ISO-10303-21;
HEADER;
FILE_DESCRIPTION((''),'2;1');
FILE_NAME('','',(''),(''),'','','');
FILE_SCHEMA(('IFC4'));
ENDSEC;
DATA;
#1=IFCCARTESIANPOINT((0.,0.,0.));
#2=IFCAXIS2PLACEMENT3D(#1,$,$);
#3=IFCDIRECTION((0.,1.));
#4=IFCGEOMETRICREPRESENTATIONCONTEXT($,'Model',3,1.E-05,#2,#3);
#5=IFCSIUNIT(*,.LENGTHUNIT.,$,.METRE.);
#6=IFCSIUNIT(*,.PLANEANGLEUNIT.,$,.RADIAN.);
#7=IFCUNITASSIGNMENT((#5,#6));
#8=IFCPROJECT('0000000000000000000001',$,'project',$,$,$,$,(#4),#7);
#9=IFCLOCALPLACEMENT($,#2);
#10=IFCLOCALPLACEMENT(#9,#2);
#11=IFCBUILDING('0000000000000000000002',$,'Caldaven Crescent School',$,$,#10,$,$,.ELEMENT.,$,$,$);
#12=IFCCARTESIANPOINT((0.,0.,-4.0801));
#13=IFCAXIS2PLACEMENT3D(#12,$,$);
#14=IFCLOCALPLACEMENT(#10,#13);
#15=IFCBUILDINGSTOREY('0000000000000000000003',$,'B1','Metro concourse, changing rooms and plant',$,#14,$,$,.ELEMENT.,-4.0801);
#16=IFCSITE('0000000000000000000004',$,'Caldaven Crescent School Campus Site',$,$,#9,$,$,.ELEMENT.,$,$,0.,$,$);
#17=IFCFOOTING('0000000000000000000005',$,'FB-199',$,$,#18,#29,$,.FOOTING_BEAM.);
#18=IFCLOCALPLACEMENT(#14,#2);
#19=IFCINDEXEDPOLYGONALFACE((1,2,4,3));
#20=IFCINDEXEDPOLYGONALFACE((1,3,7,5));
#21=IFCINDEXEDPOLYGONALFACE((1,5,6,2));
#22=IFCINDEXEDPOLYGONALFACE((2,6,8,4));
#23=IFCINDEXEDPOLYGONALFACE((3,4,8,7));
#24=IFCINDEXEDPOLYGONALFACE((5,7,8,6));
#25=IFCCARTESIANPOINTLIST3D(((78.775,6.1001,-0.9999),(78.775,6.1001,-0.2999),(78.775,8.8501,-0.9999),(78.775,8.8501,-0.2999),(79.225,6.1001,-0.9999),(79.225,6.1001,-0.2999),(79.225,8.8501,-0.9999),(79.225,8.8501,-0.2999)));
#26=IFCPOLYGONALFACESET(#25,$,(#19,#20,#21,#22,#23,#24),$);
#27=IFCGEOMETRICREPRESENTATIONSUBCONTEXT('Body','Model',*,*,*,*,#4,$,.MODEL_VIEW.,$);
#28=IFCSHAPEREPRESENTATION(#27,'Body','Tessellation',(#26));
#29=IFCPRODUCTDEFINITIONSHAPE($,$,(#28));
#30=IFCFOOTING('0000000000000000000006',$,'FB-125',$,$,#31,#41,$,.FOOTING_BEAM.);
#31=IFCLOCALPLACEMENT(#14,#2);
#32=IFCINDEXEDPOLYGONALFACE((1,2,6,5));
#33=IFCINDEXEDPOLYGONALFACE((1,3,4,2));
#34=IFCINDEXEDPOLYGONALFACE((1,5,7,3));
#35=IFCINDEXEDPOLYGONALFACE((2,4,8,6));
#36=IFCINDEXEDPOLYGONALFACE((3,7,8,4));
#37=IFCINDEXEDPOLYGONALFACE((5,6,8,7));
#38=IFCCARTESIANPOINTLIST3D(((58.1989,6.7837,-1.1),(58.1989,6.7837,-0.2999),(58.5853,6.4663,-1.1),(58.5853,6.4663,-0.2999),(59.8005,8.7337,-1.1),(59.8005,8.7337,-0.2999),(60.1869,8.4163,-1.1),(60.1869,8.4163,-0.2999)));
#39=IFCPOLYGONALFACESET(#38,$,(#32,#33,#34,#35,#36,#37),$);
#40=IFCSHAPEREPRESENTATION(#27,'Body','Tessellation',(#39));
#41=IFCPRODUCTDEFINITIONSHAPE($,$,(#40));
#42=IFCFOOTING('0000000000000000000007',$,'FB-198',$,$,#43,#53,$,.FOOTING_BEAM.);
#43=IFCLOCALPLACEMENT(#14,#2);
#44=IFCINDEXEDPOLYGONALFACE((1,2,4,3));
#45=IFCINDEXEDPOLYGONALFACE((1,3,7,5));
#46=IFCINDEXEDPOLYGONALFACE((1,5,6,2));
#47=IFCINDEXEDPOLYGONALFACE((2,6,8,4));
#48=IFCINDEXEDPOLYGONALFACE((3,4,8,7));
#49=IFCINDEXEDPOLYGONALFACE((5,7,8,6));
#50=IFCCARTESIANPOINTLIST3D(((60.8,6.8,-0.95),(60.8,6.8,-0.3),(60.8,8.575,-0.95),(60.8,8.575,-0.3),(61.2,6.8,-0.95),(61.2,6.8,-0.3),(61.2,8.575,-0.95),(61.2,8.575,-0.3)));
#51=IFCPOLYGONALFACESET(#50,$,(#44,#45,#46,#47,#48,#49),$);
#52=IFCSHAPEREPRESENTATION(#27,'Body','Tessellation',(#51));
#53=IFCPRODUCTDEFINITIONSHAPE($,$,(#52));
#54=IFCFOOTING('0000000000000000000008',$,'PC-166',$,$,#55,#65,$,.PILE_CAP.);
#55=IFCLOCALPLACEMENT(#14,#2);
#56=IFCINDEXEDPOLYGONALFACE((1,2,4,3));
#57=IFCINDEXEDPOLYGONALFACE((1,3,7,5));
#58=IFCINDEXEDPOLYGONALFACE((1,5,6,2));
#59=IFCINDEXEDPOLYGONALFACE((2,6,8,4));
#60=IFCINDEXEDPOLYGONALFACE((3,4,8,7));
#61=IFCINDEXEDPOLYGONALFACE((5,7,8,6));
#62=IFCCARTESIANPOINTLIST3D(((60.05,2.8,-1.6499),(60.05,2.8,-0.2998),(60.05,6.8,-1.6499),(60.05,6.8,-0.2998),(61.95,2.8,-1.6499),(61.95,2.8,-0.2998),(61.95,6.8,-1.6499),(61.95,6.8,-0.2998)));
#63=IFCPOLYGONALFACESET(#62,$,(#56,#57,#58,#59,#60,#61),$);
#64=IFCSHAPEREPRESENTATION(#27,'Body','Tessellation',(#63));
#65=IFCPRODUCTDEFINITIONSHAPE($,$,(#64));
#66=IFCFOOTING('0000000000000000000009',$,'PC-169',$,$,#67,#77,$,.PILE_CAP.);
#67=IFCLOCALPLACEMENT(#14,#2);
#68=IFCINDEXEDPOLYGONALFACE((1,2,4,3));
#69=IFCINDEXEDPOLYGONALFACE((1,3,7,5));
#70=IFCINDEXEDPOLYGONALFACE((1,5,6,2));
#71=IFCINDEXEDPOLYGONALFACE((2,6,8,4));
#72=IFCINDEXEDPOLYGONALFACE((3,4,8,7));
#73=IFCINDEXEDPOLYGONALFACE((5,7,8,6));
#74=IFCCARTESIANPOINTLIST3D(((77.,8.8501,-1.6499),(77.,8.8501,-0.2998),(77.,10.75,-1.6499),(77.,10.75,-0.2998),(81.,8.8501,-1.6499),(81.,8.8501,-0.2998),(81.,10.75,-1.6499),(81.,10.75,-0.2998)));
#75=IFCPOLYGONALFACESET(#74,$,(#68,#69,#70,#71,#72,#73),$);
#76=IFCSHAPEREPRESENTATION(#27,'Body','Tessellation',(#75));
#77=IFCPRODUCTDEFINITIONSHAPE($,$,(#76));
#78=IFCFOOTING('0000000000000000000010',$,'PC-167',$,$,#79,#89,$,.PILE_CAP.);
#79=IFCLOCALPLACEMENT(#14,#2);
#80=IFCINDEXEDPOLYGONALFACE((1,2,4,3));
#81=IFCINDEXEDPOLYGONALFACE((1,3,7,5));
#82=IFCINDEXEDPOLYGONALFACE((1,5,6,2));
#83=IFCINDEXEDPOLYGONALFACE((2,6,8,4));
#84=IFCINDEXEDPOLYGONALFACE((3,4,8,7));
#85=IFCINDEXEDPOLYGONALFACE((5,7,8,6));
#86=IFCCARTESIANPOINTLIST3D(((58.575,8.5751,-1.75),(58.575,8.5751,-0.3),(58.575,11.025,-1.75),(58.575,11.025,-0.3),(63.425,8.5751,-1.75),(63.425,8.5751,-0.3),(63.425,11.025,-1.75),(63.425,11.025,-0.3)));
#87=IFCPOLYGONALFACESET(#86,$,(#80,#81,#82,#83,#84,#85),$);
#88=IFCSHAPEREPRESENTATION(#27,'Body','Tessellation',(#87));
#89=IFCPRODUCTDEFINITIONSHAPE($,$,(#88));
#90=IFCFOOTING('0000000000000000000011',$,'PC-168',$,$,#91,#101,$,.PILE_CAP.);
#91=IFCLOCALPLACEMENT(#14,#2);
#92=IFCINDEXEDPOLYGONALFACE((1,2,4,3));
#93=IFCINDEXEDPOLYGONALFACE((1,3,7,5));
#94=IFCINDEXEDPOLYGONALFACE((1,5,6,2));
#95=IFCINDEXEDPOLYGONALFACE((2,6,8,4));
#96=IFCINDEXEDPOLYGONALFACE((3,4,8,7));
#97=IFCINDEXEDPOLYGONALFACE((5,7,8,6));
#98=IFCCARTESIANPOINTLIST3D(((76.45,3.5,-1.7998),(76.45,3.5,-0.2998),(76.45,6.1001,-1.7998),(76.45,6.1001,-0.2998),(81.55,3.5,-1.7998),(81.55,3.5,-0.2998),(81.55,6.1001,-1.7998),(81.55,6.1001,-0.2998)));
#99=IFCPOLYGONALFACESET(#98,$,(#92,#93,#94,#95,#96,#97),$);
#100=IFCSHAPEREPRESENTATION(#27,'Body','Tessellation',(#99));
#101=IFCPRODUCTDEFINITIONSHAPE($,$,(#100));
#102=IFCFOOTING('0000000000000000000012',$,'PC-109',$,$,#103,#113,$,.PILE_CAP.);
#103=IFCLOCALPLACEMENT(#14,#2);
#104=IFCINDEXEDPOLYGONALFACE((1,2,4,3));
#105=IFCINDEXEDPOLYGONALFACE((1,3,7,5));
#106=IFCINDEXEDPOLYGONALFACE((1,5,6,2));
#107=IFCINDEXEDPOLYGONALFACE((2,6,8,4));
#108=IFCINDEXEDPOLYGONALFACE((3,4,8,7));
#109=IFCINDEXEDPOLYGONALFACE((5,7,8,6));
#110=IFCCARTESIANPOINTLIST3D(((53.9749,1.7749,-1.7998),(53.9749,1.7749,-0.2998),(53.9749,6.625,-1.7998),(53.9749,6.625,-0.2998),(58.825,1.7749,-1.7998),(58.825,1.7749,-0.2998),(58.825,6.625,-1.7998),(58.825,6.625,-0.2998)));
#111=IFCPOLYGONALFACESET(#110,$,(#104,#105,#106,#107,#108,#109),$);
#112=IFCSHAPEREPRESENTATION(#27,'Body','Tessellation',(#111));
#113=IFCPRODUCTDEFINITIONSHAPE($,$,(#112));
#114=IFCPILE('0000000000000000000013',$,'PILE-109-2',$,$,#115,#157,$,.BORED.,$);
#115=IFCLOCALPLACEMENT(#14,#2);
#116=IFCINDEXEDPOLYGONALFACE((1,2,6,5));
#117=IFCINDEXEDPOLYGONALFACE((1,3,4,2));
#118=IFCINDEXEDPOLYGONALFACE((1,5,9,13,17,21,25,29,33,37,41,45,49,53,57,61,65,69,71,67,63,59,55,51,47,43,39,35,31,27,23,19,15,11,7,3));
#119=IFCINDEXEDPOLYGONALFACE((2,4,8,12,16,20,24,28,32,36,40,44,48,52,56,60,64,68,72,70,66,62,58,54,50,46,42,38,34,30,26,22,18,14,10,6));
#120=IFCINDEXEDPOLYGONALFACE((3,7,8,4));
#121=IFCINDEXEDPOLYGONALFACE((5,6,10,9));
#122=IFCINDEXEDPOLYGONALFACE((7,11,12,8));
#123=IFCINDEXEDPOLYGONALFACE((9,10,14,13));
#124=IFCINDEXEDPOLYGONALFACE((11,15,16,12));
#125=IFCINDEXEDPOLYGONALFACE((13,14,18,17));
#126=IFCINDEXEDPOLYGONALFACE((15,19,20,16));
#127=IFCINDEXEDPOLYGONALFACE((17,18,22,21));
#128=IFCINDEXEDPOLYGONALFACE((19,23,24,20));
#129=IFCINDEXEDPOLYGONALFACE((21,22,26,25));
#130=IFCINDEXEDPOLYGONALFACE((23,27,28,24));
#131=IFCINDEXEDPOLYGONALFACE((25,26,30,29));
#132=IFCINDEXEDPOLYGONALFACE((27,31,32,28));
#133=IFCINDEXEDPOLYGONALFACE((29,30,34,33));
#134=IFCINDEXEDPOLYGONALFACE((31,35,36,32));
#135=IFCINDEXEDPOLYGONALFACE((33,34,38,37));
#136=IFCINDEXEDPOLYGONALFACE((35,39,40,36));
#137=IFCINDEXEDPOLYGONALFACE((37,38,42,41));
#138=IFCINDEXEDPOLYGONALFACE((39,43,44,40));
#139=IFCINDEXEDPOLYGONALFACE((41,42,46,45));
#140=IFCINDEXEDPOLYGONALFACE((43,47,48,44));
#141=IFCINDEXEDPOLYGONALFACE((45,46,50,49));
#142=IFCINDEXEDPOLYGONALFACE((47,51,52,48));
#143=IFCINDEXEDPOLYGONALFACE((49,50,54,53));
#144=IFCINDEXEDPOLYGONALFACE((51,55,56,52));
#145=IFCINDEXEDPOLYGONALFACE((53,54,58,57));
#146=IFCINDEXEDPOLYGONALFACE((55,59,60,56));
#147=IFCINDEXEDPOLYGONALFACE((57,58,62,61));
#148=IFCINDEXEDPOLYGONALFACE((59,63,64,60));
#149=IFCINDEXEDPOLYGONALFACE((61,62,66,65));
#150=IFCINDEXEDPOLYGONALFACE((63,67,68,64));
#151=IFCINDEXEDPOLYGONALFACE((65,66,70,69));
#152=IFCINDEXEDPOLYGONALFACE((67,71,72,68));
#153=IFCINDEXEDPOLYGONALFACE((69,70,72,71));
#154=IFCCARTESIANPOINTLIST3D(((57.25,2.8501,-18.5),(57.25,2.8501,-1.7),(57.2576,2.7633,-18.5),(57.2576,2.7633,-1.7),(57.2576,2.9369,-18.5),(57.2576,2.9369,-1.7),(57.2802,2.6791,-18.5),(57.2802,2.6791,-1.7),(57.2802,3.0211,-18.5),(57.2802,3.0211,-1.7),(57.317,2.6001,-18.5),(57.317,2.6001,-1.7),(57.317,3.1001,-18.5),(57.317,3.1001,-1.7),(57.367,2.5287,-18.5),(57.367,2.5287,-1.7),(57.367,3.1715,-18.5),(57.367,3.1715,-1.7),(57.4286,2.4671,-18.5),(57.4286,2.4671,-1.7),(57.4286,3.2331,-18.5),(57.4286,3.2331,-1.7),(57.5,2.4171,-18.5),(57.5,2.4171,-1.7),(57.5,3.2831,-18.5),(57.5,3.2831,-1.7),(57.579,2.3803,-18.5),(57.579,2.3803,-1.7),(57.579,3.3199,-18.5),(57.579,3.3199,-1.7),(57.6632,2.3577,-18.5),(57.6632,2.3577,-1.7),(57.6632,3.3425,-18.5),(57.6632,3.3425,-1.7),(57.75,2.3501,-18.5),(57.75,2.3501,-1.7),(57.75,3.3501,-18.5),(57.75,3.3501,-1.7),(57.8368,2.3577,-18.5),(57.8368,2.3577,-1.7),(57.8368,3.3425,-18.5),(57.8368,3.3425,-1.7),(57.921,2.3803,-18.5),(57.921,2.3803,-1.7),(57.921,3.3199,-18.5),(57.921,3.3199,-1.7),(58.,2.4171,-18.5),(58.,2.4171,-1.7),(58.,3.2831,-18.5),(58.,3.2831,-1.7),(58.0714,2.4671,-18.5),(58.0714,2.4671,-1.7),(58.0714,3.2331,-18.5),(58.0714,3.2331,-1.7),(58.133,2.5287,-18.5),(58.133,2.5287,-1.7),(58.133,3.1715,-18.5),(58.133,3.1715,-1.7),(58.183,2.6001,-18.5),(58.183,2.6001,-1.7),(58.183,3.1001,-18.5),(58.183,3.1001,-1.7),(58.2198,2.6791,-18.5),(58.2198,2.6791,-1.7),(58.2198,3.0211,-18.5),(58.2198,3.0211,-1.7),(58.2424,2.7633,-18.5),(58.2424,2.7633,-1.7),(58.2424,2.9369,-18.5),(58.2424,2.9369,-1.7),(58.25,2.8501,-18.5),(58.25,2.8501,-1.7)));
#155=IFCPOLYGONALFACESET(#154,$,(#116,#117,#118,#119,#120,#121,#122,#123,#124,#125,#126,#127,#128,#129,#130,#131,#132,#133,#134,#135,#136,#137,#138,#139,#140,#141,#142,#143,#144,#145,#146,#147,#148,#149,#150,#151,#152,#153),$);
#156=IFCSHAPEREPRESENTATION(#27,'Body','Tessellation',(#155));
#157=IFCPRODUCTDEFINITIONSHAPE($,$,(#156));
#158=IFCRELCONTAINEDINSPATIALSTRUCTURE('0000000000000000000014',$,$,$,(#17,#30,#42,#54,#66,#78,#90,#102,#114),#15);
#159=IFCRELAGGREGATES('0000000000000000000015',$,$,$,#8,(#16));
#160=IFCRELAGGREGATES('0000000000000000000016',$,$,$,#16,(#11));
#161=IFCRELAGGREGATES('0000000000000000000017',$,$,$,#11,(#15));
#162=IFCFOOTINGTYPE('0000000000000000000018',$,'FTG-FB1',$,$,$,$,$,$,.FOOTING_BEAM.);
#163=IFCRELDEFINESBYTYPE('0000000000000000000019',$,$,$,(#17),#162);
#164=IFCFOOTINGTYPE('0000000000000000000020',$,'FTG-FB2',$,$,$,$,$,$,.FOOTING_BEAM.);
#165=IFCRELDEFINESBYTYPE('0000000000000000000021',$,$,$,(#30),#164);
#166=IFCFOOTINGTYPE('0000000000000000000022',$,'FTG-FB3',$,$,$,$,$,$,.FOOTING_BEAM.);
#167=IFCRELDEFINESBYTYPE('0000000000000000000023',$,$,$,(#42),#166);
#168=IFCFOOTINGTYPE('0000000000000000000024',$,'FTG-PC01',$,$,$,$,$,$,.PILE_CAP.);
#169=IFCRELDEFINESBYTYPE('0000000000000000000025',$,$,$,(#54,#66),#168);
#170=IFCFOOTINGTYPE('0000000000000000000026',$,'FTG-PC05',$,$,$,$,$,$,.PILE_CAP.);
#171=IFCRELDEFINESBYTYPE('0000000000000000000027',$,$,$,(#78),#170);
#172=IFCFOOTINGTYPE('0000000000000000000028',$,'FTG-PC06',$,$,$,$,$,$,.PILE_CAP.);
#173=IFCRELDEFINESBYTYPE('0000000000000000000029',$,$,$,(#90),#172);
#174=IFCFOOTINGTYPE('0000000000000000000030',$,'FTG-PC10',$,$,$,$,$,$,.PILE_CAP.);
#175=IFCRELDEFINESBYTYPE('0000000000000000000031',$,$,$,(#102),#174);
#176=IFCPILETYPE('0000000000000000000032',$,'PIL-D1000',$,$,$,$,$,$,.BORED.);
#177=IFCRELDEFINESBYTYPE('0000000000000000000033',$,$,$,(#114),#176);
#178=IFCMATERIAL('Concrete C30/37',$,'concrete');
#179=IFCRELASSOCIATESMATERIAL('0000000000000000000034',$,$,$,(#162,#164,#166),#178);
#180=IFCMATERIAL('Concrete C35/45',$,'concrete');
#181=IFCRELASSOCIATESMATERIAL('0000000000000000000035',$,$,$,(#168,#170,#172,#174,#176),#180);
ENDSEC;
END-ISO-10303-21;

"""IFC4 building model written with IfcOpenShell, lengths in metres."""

from ifc_helpers import new_model, si_unit, direction, frame, origin, origin_2d, place, context, subcontext, project, spatial, rectangle, circle, extrude, material, material_profile, profile_set, type_object, element, save


model = new_model("IFC4")

# Units and contexts
model_context = context("Model", 3, precision=1e-05, world=origin(), true_north=direction((0.0, 1.0)))
body_context = subcontext(model_context, "Body", "Model", "MODEL_VIEW")
ifc_project = project(units=[si_unit("LENGTHUNIT", "METRE"), si_unit("PLANEANGLEUNIT", "RADIAN")], contexts=[model_context])

# Site, building, storey
site_placement = place(None, origin())
site = spatial("IfcSite", under=ifc_project, at=site_placement, Name="Caldaven Crescent School Campus Site", CompositionType="ELEMENT", RefElevation=0.0)
building_placement = place(site_placement, origin())
building = spatial("IfcBuilding", under=site, at=building_placement, Name="Caldaven Crescent School", CompositionType="ELEMENT")
storey_placement = place(building_placement, frame((0.0, 0.0, -4.0801)))
storey = spatial("IfcBuildingStorey", under=building, at=storey_placement, Name="B1", Description="Metro concourse, changing rooms and plant", CompositionType="ELEMENT", Elevation=-4.0801)

# Footings
ifc_material_1 = material(Name="Concrete C30/37", Category="concrete")
ifc_material_profile_1 = material_profile(ifc_material_1, rectangle(XDim=0.45, YDim=0.7, at=origin_2d()), Name="FB 450x700")
ifc_profile_set_1 = profile_set([ifc_material_profile_1], Name="Concrete C30/37")
footing_type_1 = type_object("IfcFootingType", Name="FTG-FB1", PredefinedType="FOOTING_BEAM", material=ifc_profile_set_1)
footing_1_placement = place(storey_placement, frame((79.0, 6.1001, -0.6499), z_axis=(0.0, 1.0, 0.0), x_axis=(-1.0, 0.0, 0.0)))
element("IfcFooting", 1, at=footing_1_placement, inside=storey, type_object=footing_type_1, Name="FB-199", PredefinedType="FOOTING_BEAM", context=body_context, shape_type="SweptSolid", body=[
    extrude(rectangle(XDim=0.45, YDim=0.7, at=origin_2d()), origin(), (0.0, 0.0, 1.0), 2.75),
])
ifc_material_profile_2 = material_profile(ifc_material_1, rectangle(XDim=0.5, YDim=0.8, at=origin_2d()), Name="FB 500x800")
ifc_profile_set_2 = profile_set([ifc_material_profile_2], Name="Concrete C30/37")
footing_type_2 = type_object("IfcFootingType", Name="FTG-FB2", PredefinedType="FOOTING_BEAM", material=ifc_profile_set_2)
footing_2_placement = place(storey_placement, frame((58.3921, 6.625, -0.7), z_axis=(0.634696, 0.772762, 0.0), x_axis=(-0.772762, 0.634696, 0.0)))
element("IfcFooting", 2, at=footing_2_placement, inside=storey, type_object=footing_type_2, Name="FB-125", PredefinedType="FOOTING_BEAM", context=body_context, shape_type="SweptSolid", body=[
    extrude(rectangle(XDim=0.5, YDim=0.8, at=origin_2d()), origin(), (0.0, 0.0, 1.0), 2.5234),
])
ifc_material_profile_3 = material_profile(ifc_material_1, rectangle(XDim=0.3999, YDim=0.6499, at=origin_2d()), Name="FB 400x650")
ifc_profile_set_3 = profile_set([ifc_material_profile_3], Name="Concrete C30/37")
footing_type_3 = type_object("IfcFootingType", Name="FTG-FB3", PredefinedType="FOOTING_BEAM", material=ifc_profile_set_3)
footing_3_placement = place(storey_placement, frame((61.0, 6.8, -0.625), z_axis=(0.0, 1.0, 0.0), x_axis=(-1.0, 0.0, 0.0)))
element("IfcFooting", 3, at=footing_3_placement, inside=storey, type_object=footing_type_3, Name="FB-198", PredefinedType="FOOTING_BEAM", context=body_context, shape_type="SweptSolid", body=[
    extrude(rectangle(XDim=0.3999, YDim=0.6499, at=origin_2d()), origin(), (0.0, 0.0, 1.0), 1.7749),
])
ifc_material_2 = material(Name="Concrete C35/45", Category="concrete")
footing_type_4 = type_object("IfcFootingType", Name="FTG-PC01", PredefinedType="PILE_CAP", material=ifc_material_2)
for number, where, z_axis, x_axis, name in (
    (4, (61.0, 4.8, -1.6499), (0.0, 0.0, 1.0), (0.0, 1.0, 0.0), "PC-166"),
    (5, (79.0, 9.8, -1.6499), (0.0, 0.0, 1.0), (1.0, 0.0, 0.0), "PC-169"),
):
    element("IfcFooting", number, at=place(storey_placement, frame(where, z_axis=z_axis, x_axis=x_axis)), inside=storey, type_object=footing_type_4, Name=name, PredefinedType="PILE_CAP", context=body_context, shape_type="SweptSolid", body=[
        extrude(rectangle(XDim=4.0, YDim=1.8999, at=origin_2d()), origin(), (0.0, 0.0, 1.0), 1.3501),
    ])
footing_type_5 = type_object("IfcFootingType", Name="FTG-PC05", PredefinedType="PILE_CAP", material=ifc_material_2)
footing_4_placement = place(storey_placement, frame((61.0, 9.8, -1.75), z_axis=(0.0, 0.0, 1.0), x_axis=(1.0, 0.0, 0.0)))
element("IfcFooting", 6, at=footing_4_placement, inside=storey, type_object=footing_type_5, Name="PC-167", PredefinedType="PILE_CAP", context=body_context, shape_type="SweptSolid", body=[
    extrude(rectangle(XDim=4.8501, YDim=2.45, at=origin_2d()), origin(), (0.0, 0.0, 1.0), 1.45),
])
footing_type_6 = type_object("IfcFootingType", Name="FTG-PC06", PredefinedType="PILE_CAP", material=ifc_material_2)
footing_5_placement = place(storey_placement, frame((79.0, 4.8, -1.7998), z_axis=(0.0, 0.0, 1.0), x_axis=(1.0, 0.0, 0.0)))
element("IfcFooting", 7, at=footing_5_placement, inside=storey, type_object=footing_type_6, Name="PC-168", PredefinedType="PILE_CAP", context=body_context, shape_type="SweptSolid", body=[
    extrude(rectangle(XDim=5.1001, YDim=2.6001, at=origin_2d()), origin(), (0.0, 0.0, 1.0), 1.5),
])
footing_type_7 = type_object("IfcFootingType", Name="FTG-PC10", PredefinedType="PILE_CAP", material=ifc_material_2)
footing_6_placement = place(storey_placement, frame((56.3999, 4.2, -1.7998), z_axis=(0.0, 0.0, 1.0), x_axis=(1.0, 0.0, 0.0)))
element("IfcFooting", 8, at=footing_6_placement, inside=storey, type_object=footing_type_7, Name="PC-109", PredefinedType="PILE_CAP", context=body_context, shape_type="SweptSolid", body=[
    extrude(rectangle(XDim=4.8501, YDim=4.8501, at=origin_2d()), origin(), (0.0, 0.0, 1.0), 1.5),
])

# Pile
ifc_material_profile_4 = material_profile(ifc_material_2, circle(Radius=0.5, at=origin_2d()), Name="PILE D1000")
ifc_profile_set_4 = profile_set([ifc_material_profile_4], Name="Concrete C35/45")
pile_type_1 = type_object("IfcPileType", Name="PIL-D1000", PredefinedType="BORED", material=ifc_profile_set_4)
for number, where, z_axis, x_axis, name in (
    (9, (57.75, 2.8501, -1.7), (0.0, 0.0, -1.0), (1.0, 0.0, 0.0), "PILE-109-2"),
):
    element("IfcPile", number, at=place(storey_placement, frame(where, z_axis=z_axis, x_axis=x_axis)), inside=storey, type_object=pile_type_1, Name=name, PredefinedType="BORED", context=body_context, shape_type="SweptSolid", body=[
        extrude(circle(Radius=0.5, at=origin_2d()), origin(), (0.0, 0.0, 1.0), 16.8),
    ])

save(model, "model.ifc")
